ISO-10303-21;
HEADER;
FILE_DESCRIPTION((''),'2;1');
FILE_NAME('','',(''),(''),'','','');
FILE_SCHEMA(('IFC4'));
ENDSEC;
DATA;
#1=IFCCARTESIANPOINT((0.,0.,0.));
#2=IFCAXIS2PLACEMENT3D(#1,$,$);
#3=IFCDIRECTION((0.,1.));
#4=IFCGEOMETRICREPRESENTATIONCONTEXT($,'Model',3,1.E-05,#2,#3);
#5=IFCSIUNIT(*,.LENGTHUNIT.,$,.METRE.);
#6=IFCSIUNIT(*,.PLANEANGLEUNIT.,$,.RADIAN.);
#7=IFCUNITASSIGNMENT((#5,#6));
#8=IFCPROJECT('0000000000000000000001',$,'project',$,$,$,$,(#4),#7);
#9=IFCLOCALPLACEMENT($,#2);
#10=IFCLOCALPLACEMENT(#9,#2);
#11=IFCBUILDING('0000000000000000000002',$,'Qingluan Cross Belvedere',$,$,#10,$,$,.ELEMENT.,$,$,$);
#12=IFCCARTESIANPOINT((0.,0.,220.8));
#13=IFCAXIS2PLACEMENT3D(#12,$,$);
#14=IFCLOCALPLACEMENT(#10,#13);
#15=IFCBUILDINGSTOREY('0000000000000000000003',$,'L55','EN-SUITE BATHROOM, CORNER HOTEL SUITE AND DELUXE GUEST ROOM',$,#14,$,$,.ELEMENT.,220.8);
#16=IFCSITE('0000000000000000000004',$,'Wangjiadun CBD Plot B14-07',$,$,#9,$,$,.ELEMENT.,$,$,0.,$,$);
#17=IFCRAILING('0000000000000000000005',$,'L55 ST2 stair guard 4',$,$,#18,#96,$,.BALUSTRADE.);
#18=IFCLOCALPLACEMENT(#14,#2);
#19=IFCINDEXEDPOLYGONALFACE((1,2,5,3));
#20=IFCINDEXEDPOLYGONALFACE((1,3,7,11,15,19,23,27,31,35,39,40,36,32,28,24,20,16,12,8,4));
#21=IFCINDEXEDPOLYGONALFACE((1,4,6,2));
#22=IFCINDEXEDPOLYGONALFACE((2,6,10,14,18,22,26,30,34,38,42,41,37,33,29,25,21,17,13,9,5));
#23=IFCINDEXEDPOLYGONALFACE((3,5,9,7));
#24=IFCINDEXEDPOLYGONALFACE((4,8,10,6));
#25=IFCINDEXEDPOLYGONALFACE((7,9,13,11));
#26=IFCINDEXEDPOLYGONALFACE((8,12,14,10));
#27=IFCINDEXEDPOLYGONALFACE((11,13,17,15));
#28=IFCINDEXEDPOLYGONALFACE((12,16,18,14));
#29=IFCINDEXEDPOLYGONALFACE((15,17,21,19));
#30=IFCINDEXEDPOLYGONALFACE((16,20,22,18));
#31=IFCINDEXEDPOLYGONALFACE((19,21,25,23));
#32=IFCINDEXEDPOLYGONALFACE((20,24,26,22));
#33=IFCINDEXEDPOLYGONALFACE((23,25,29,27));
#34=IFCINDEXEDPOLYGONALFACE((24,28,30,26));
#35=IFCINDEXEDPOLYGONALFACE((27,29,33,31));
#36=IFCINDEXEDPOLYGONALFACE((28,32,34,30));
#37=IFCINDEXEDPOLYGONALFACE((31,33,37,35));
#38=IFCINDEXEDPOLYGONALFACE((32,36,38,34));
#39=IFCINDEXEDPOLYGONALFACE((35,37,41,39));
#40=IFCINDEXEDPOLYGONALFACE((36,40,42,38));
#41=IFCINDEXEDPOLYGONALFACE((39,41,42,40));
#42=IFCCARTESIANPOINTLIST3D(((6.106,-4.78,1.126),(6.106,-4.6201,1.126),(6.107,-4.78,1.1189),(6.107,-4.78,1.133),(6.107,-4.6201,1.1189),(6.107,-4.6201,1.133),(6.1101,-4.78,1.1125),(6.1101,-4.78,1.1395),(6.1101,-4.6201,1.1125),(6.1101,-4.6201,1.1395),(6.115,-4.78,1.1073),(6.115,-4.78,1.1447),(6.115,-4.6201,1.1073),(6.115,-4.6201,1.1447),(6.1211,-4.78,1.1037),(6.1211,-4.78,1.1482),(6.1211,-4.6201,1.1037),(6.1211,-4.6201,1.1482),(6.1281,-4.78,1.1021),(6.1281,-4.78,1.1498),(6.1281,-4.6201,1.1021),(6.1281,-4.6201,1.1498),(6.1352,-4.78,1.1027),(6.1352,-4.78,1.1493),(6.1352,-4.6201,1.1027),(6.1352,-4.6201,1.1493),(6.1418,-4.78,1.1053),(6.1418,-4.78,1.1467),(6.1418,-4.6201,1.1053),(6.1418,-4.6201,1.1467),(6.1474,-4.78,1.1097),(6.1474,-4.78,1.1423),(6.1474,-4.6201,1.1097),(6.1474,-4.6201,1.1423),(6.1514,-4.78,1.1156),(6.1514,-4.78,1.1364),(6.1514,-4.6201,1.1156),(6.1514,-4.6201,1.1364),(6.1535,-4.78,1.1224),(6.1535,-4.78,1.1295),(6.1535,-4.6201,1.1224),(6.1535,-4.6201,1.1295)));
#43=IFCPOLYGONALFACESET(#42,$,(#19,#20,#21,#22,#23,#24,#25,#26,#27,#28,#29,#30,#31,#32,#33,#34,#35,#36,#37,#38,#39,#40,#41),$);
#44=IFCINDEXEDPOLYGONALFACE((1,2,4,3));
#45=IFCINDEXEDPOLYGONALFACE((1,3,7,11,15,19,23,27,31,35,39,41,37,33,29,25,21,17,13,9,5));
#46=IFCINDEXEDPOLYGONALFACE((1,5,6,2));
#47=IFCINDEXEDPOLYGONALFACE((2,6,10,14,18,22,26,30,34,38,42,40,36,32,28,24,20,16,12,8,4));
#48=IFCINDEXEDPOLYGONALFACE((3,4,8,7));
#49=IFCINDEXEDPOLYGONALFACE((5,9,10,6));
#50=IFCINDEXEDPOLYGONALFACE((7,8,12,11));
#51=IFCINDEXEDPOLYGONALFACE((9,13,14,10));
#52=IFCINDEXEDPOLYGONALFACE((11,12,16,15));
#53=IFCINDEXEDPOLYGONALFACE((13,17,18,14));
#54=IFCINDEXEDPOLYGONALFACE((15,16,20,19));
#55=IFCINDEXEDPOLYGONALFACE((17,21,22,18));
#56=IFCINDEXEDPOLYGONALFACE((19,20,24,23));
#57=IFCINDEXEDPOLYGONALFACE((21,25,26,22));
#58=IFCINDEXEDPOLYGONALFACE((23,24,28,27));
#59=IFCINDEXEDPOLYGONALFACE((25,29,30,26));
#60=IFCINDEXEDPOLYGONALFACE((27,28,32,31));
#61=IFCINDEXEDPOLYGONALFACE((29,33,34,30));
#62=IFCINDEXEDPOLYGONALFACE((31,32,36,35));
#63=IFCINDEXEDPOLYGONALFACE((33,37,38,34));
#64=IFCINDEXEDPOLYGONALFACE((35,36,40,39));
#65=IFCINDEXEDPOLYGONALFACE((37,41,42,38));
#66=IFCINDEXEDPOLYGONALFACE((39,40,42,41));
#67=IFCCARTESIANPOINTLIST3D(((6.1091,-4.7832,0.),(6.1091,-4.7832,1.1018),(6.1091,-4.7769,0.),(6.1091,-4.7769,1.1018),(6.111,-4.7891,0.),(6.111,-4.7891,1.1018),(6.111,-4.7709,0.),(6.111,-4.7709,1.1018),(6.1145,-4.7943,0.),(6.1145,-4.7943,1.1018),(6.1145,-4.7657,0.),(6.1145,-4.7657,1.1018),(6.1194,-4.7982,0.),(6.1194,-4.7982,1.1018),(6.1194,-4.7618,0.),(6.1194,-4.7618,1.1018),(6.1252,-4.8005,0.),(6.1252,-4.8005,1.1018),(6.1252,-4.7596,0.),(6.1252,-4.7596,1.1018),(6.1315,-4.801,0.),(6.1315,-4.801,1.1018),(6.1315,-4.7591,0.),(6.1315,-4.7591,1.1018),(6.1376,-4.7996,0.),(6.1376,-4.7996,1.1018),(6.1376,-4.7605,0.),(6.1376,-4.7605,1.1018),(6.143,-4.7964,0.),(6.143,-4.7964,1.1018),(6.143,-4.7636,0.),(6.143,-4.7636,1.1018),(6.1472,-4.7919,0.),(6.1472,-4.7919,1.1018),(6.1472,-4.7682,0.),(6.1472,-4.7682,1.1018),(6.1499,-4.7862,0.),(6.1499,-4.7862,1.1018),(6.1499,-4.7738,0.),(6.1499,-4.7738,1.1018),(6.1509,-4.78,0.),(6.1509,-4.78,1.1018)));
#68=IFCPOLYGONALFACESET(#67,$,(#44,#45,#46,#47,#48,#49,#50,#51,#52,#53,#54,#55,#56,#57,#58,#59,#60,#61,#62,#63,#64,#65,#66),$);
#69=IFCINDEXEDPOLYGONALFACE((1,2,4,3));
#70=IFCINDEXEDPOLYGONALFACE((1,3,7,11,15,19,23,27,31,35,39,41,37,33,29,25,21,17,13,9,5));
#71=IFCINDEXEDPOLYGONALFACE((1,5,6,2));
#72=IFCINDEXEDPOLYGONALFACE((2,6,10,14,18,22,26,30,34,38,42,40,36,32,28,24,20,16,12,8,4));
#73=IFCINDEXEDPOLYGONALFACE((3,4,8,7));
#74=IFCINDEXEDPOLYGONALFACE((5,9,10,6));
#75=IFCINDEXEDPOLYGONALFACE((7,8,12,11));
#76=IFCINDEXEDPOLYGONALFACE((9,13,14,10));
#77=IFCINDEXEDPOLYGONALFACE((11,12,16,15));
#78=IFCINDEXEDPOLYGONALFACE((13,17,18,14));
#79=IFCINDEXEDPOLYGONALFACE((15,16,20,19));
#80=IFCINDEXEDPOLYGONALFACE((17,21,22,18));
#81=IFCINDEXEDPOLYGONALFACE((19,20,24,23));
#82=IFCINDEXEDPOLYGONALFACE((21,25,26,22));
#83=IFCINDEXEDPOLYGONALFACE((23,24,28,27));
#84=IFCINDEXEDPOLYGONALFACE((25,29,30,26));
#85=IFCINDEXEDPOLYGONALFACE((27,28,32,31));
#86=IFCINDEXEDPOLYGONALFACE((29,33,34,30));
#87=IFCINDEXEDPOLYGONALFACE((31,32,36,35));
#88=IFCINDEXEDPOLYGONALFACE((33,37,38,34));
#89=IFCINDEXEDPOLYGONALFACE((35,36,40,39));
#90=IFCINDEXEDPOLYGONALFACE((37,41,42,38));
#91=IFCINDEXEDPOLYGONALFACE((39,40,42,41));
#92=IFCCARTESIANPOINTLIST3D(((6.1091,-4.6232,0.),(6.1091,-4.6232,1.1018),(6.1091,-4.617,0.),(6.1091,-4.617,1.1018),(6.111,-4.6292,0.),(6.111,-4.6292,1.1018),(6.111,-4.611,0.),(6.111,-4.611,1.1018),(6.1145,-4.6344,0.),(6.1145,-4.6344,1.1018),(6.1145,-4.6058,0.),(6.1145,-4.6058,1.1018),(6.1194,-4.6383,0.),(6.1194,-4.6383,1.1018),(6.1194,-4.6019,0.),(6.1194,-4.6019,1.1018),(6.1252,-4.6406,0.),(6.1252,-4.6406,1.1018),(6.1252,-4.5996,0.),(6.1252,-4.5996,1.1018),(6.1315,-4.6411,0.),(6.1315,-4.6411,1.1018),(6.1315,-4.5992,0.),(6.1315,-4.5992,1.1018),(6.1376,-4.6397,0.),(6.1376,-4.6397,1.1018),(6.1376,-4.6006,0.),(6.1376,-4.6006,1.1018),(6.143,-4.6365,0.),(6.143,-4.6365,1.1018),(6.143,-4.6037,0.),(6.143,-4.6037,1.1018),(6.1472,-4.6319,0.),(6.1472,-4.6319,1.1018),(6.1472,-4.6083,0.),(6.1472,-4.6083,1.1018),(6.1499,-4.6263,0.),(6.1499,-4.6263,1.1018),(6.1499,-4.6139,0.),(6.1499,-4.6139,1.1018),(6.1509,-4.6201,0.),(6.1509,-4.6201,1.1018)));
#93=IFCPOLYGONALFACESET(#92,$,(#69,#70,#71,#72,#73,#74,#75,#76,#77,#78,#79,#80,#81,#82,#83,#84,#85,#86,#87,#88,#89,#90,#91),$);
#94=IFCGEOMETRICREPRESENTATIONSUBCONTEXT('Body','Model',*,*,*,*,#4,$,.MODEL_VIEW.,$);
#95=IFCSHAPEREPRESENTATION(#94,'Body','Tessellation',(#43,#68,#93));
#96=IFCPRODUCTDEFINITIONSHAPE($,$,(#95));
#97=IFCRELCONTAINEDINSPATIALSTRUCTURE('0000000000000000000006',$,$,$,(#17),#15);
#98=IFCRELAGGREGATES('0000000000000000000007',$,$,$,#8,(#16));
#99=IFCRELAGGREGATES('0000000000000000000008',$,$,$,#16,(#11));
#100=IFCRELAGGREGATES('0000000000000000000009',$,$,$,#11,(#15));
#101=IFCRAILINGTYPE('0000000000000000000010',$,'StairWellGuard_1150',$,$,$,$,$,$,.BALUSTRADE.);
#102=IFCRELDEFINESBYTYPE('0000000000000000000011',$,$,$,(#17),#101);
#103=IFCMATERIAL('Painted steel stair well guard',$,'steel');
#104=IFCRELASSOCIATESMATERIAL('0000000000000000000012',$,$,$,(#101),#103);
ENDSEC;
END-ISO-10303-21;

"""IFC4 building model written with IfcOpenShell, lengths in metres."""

from ifc_helpers import new_model, si_unit, direction, frame, origin, origin_2d, place, context, subcontext, project, spatial, circle, extrude, material, type_object, element, save


model = new_model("IFC4")

# Units and contexts
model_context = context("Model", 3, precision=1e-05, world=origin(), true_north=direction((0.0, 1.0)))
body_context = subcontext(model_context, "Body", "Model", "MODEL_VIEW")
ifc_project = project(units=[si_unit("LENGTHUNIT", "METRE"), si_unit("PLANEANGLEUNIT", "RADIAN")], contexts=[model_context])

# Site, building, storey
site_placement = place(None, origin())
site = spatial("IfcSite", under=ifc_project, at=site_placement, Name="Wangjiadun CBD Plot B14-07", CompositionType="ELEMENT", RefElevation=0.0)
building_placement = place(site_placement, origin())
building = spatial("IfcBuilding", under=site, at=building_placement, Name="Qingluan Cross Belvedere", CompositionType="ELEMENT")
storey_placement = place(building_placement, frame((0.0, 0.0, 220.8)))
storey = spatial("IfcBuildingStorey", under=building, at=storey_placement, Name="L55", Description="EN-SUITE BATHROOM, CORNER HOTEL SUITE AND DELUXE GUEST ROOM", CompositionType="ELEMENT", Elevation=220.8)

# Railing
ifc_material_1 = material(Name="Painted steel stair well guard", Category="steel")
railing_type_1 = type_object("IfcRailingType", Name="StairWellGuard_1150", PredefinedType="BALUSTRADE", material=ifc_material_1)
railing_1_placement = place(storey_placement, frame((6.1299, -4.78, 0.0)))
element("IfcRailing", 1, at=railing_1_placement, inside=storey, type_object=railing_type_1, Name="L55 ST2 stair guard 4", PredefinedType="BALUSTRADE", context=body_context, shape_type="SweptSolid", body=[
    extrude(circle(Radius=0.0239, at=origin_2d()), frame((0.0, 0.0, 1.126), z_axis=(0.0, 1.0, 0.0), x_axis=(-1.0, 0.0, 0.0)), (0.0, 0.0, 1.0), 0.1599),
    extrude(circle(Radius=0.021, at=origin_2d()), origin(), (0.0, 0.0, 1.0), 1.1018),
    extrude(circle(Radius=0.021, at=origin_2d()), frame((0.0, 0.1599, 0.0)), (0.0, 0.0, 1.0), 1.1018),
])

save(model, "model.ifc")
